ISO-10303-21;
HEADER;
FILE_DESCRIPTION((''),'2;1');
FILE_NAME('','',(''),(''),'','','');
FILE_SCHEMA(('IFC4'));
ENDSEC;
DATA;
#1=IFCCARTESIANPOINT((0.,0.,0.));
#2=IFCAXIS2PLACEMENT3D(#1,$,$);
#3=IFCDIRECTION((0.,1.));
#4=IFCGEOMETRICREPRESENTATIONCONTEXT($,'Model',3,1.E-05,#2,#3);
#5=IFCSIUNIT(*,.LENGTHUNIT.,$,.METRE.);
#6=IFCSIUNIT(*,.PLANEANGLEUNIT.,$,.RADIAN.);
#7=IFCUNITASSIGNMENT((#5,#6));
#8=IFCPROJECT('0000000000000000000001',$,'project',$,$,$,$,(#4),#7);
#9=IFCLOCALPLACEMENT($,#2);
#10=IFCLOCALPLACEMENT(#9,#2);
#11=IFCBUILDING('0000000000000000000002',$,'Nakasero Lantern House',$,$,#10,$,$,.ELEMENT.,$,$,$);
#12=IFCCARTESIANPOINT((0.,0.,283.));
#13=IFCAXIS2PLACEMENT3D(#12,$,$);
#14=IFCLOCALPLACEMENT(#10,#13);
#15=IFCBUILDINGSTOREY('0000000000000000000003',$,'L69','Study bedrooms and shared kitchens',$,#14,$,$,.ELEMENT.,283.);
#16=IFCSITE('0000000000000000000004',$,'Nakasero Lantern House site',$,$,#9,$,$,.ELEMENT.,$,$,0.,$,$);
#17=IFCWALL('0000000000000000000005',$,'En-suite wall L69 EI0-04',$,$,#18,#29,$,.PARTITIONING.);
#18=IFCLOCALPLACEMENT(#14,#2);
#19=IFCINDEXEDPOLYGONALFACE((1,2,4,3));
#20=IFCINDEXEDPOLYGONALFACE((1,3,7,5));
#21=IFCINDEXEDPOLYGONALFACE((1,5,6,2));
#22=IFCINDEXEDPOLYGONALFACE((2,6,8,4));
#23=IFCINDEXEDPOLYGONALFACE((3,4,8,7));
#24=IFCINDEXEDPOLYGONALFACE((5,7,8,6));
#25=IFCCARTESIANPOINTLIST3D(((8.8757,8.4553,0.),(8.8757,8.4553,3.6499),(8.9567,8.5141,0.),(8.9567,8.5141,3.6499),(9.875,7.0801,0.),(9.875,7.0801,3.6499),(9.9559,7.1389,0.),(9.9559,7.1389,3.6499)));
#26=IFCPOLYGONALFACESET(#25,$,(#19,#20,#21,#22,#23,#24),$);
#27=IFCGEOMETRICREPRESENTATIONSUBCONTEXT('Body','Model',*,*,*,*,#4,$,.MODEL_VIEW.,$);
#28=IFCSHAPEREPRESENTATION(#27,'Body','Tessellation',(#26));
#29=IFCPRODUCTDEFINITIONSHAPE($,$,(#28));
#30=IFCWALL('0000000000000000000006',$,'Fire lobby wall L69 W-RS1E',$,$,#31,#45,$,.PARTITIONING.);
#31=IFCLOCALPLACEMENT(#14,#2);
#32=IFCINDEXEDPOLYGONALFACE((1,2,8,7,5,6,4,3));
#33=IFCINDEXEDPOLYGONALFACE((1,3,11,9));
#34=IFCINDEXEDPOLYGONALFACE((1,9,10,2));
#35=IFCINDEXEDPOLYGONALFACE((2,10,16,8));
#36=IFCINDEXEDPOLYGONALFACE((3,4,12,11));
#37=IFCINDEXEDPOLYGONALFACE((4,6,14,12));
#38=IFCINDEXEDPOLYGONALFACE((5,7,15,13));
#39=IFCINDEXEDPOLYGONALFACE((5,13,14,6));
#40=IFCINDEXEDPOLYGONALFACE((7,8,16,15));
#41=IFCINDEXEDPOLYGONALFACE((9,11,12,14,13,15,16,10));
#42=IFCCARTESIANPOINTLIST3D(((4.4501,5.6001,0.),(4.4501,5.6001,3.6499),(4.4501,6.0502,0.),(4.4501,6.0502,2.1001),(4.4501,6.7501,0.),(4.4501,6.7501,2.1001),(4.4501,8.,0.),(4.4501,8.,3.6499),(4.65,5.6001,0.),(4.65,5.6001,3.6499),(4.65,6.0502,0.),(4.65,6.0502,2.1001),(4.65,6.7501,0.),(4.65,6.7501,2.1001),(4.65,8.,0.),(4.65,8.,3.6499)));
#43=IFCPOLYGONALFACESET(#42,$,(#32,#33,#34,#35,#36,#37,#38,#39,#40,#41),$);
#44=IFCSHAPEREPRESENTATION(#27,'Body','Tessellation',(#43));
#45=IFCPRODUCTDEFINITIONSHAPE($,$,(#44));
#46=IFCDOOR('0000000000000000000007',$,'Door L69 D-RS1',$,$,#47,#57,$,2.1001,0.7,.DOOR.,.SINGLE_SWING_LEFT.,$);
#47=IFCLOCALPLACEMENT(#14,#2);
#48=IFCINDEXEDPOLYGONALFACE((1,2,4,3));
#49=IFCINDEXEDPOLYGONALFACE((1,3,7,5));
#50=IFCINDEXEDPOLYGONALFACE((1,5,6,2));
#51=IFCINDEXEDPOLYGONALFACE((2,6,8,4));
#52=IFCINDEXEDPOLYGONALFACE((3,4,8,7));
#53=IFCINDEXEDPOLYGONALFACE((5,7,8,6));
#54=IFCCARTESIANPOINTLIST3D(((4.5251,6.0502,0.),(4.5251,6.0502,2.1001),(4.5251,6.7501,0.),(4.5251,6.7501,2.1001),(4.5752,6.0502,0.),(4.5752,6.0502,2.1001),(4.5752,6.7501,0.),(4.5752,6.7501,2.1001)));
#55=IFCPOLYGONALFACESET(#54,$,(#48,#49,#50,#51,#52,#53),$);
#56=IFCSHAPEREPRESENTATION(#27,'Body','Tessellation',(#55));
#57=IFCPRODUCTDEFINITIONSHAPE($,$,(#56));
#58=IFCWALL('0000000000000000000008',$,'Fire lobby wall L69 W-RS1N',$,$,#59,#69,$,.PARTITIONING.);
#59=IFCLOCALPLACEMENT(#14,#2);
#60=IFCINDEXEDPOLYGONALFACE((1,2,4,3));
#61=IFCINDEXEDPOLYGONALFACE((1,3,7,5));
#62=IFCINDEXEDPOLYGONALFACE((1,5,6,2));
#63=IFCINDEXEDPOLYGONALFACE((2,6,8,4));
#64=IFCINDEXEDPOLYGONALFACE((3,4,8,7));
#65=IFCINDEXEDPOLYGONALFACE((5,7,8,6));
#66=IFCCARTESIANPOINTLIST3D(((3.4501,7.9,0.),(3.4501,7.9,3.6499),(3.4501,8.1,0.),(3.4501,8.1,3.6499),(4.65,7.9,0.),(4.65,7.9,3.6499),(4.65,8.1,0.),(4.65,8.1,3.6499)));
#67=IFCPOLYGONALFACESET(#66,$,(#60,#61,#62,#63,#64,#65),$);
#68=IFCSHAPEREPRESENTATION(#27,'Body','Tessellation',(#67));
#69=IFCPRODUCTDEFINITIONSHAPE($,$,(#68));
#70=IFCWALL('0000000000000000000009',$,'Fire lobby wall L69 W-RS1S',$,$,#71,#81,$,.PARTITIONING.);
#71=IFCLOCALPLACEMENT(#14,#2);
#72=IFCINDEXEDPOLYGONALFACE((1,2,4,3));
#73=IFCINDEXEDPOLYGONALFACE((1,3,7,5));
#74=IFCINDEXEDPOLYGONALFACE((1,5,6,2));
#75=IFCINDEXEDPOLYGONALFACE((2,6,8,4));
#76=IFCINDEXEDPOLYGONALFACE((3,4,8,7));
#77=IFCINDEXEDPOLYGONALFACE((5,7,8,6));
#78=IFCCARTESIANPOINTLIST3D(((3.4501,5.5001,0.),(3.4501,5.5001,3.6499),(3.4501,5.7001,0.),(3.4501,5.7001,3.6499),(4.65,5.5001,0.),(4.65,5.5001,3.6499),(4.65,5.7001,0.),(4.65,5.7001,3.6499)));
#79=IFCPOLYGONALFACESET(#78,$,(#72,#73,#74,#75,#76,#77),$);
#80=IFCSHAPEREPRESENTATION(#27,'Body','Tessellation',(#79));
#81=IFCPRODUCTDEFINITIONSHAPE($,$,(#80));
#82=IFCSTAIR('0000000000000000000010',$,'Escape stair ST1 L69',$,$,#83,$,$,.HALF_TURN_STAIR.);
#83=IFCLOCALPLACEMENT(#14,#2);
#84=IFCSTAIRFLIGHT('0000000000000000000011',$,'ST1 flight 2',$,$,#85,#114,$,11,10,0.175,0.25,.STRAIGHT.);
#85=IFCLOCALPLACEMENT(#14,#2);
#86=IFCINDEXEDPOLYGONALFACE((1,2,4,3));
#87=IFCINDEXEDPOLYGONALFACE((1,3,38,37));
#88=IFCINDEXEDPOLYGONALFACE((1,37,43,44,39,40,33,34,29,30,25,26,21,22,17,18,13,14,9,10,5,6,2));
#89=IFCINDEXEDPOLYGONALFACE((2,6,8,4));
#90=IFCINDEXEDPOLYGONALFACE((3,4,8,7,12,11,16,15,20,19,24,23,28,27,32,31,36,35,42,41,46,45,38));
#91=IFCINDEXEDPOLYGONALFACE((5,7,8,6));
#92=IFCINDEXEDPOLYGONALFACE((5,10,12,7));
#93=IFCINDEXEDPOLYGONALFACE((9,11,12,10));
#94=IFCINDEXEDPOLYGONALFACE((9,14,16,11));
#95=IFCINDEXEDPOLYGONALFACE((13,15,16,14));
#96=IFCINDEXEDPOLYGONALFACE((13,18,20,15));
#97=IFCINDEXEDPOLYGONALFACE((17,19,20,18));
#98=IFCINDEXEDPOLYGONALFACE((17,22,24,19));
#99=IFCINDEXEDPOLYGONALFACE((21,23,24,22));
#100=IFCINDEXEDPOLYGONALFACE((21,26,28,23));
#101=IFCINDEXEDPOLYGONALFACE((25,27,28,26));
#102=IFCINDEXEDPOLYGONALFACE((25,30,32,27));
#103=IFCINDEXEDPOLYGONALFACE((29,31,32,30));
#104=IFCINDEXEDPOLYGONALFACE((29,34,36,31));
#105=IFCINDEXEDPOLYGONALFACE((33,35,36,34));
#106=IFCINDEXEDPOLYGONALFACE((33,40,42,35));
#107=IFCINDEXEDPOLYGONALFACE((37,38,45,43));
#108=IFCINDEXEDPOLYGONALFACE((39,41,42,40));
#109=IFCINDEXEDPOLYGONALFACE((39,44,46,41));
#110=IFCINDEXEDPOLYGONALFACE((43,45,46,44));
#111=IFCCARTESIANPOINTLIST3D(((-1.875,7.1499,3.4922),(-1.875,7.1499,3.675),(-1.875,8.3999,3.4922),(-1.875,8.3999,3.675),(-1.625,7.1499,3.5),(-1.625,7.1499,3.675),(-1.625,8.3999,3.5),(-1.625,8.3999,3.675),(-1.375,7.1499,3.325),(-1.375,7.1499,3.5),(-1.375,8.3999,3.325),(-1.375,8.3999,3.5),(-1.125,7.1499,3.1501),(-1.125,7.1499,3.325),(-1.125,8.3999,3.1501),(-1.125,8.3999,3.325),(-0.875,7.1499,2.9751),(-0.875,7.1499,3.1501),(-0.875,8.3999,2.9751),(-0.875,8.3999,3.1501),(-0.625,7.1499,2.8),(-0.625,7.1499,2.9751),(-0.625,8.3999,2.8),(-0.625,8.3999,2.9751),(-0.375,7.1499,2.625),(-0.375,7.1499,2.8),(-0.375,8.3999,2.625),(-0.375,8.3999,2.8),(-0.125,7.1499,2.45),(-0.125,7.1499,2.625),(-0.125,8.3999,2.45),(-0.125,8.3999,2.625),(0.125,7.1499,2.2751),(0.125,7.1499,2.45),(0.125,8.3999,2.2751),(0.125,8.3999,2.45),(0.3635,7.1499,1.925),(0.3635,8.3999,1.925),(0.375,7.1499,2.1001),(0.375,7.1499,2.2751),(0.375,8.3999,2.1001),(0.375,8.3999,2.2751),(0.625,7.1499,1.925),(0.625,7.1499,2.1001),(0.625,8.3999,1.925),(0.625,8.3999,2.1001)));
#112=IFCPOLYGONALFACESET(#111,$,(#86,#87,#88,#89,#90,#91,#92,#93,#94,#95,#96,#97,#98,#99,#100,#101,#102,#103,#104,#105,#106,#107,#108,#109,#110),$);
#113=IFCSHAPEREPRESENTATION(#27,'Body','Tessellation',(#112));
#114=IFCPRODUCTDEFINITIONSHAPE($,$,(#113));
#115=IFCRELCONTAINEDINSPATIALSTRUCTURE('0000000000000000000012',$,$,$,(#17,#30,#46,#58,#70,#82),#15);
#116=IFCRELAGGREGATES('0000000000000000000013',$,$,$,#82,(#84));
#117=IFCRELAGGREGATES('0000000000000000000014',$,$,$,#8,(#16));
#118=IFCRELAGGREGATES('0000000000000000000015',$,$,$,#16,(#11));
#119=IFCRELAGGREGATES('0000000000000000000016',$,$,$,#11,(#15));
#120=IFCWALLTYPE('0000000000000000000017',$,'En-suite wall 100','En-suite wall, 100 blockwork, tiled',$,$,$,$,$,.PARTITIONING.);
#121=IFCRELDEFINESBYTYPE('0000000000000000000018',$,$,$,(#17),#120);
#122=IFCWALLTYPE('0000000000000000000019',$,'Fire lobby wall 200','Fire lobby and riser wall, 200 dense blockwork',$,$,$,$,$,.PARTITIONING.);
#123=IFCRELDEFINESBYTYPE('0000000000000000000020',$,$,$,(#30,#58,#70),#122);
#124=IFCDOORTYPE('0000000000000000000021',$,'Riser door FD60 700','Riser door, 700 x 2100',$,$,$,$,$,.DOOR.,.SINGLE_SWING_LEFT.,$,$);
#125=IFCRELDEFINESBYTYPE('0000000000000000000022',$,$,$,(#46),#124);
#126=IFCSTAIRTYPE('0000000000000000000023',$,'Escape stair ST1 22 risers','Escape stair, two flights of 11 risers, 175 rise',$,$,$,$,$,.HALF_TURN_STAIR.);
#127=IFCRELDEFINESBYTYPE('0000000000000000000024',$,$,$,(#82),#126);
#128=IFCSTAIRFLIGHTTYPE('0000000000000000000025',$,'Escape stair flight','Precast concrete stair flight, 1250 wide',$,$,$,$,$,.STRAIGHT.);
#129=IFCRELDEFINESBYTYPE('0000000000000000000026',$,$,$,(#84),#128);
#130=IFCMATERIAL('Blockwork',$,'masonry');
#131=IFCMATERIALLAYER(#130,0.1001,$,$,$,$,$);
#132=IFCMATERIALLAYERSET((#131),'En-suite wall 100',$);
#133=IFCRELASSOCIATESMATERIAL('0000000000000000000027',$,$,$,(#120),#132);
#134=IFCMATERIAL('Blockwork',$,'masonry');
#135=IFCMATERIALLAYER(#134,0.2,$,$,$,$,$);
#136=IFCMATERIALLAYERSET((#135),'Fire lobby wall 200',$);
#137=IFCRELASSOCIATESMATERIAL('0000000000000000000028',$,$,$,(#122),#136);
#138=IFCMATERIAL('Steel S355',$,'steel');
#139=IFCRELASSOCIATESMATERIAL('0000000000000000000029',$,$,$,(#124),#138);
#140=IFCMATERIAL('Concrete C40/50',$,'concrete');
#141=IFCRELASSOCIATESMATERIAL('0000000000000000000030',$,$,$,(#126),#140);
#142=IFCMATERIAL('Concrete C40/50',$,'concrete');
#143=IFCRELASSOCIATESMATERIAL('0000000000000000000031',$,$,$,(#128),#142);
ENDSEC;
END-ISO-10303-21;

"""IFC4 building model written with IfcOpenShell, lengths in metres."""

from ifc_helpers import new_model, si_unit, direction, frame, frame_2d, origin, place, context, subcontext, project, spatial, polyline, rectangle, outline, extrude, material, layer, layer_set, type_object, element, fill, aggregate, save


model = new_model("IFC4")

# Units and contexts
model_context = context("Model", 3, precision=1e-05, world=origin(), true_north=direction((0.0, 1.0)))
body_context = subcontext(model_context, "Body", "Model", "MODEL_VIEW")
ifc_project = project(units=[si_unit("LENGTHUNIT", "METRE"), si_unit("PLANEANGLEUNIT", "RADIAN")], contexts=[model_context])

# Site, building, storey
site_placement = place(None, origin())
site = spatial("IfcSite", under=ifc_project, at=site_placement, Name="Nakasero Lantern House site", CompositionType="ELEMENT", RefElevation=0.0)
building_placement = place(site_placement, origin())
building = spatial("IfcBuilding", under=site, at=building_placement, Name="Nakasero Lantern House", CompositionType="ELEMENT")
storey_placement = place(building_placement, frame((0.0, 0.0, 283.0)))
storey = spatial("IfcBuildingStorey", under=building, at=storey_placement, Name="L69", Description="Study bedrooms and shared kitchens", CompositionType="ELEMENT", Elevation=283.0)

# Wall
ifc_material_1 = material(Name="Blockwork", Category="masonry")
ifc_layer_1 = layer(ifc_material_1, 0.1001)
ifc_layer_set_1 = layer_set([ifc_layer_1], Name="En-suite wall 100")
wall_type_1 = type_object("IfcWallType", Name="En-suite wall 100", Description="En-suite wall, 100 blockwork, tiled", PredefinedType="PARTITIONING", material=ifc_layer_set_1)
wall_1_placement = place(storey_placement, frame((9.9155, 7.1094, 0.0), z_axis=(0.0, 0.0, 1.0), x_axis=(-0.587822, 0.808991, 0.0)))
element("IfcWall", 1, at=wall_1_placement, inside=storey, type_object=wall_type_1, Name="En-suite wall L69 EI0-04", PredefinedType="PARTITIONING", context=body_context, shape_type="SweptSolid", body=[
    extrude(rectangle(XDim=1.7, YDim=0.1001, at=frame_2d((0.8501, 0.0))), origin(), (0.0, 0.0, 1.0), 3.6499),
])

# Wall, opening, door
ifc_material_2 = material(Name="Blockwork", Category="masonry")
ifc_layer_2 = layer(ifc_material_2, 0.2)
ifc_layer_set_2 = layer_set([ifc_layer_2], Name="Fire lobby wall 200")
wall_type_2 = type_object("IfcWallType", Name="Fire lobby wall 200", Description="Fire lobby and riser wall, 200 dense blockwork", PredefinedType="PARTITIONING", material=ifc_layer_set_2)
wall_2_placement = place(storey_placement, frame((4.55, 5.6001, 0.0), z_axis=(0.0, 0.0, 1.0), x_axis=(0.0, 1.0, 0.0)))
wall_2 = element("IfcWall", 2, at=wall_2_placement, inside=storey, type_object=wall_type_2, Name="Fire lobby wall L69 W-RS1E", PredefinedType="PARTITIONING", context=body_context, shape_type="SweptSolid", body=[
    extrude(rectangle(XDim=2.3999, YDim=0.2, at=frame_2d((1.2, 0.0))), origin(), (0.0, 0.0, 1.0), 3.6499),
])
opening_1_placement = place(wall_2_placement, frame((0.45, 0.0, 0.0)))
opening_1 = element("IfcOpeningElement", 3, at=opening_1_placement, cuts=wall_2, PredefinedType="OPENING", context=body_context, shape_type="SweptSolid", body=[
    extrude(rectangle(XDim=0.7, YDim=2.1001, at=frame_2d((0.3501, 1.05))), frame((0.0, 0.1199, 0.0), z_axis=(0.0, -1.0, 0.0), x_axis=(1.0, 0.0, 0.0)), (0.0, 0.0, 1.0), 0.24),
])
ifc_material_3 = material(Name="Steel S355", Category="steel")
door_type_1 = type_object("IfcDoorType", Name="Riser door FD60 700", Description="Riser door, 700 x 2100", OperationType="SINGLE_SWING_LEFT", PredefinedType="DOOR", material=ifc_material_3)
door_1_placement = place(opening_1_placement, origin())
door_1 = element("IfcDoor", 4, at=door_1_placement, inside=storey, type_object=door_type_1, Name="Door L69 D-RS1", OperationType="SINGLE_SWING_LEFT", OverallHeight=2.1001, OverallWidth=0.7, PredefinedType="DOOR", context=body_context, shape_type="SweptSolid", body=[
    extrude(rectangle(XDim=0.7, YDim=2.1001, at=frame_2d((0.3501, 1.05))), frame((0.0, 0.0249, 0.0), z_axis=(0.0, -1.0, 0.0), x_axis=(1.0, 0.0, 0.0)), (0.0, 0.0, 1.0), 0.05),
])
fill(opening_1, door_1)

# Walls
for number, where, z_axis, x_axis, name in (
    (5, (3.45, 8.0, 0.0), (0.0, 0.0, 1.0), (1.0, 0.0, 0.0), "Fire lobby wall L69 W-RS1N"),
    (6, (3.45, 5.6001, 0.0), (0.0, 0.0, 1.0), (1.0, 0.0, 0.0), "Fire lobby wall L69 W-RS1S"),
):
    element("IfcWall", number, at=place(storey_placement, frame(where, z_axis=z_axis, x_axis=x_axis)), inside=storey, type_object=wall_type_2, Name=name, PredefinedType="PARTITIONING", context=body_context, shape_type="SweptSolid", body=[
        extrude(rectangle(XDim=1.2, YDim=0.2, at=frame_2d((0.6001, 0.0))), origin(), (0.0, 0.0, 1.0), 3.6499),
    ])

# Stair, stair flight
ifc_material_4 = material(Name="Concrete C40/50", Category="concrete")
stair_type_1 = type_object("IfcStairType", Name="Escape stair ST1 22 risers", Description="Escape stair, two flights of 11 risers, 175 rise", PredefinedType="HALF_TURN_STAIR", material=ifc_material_4)
stair_1_placement = place(storey_placement, origin())
stair_1 = element("IfcStair", 7, at=stair_1_placement, inside=storey, type_object=stair_type_1, Name="Escape stair ST1 L69", PredefinedType="HALF_TURN_STAIR")
ifc_material_5 = material(Name="Concrete C40/50", Category="concrete")
stair_flight_type = type_object("IfcStairFlightType", Name="Escape stair flight", Description="Precast concrete stair flight, 1250 wide", PredefinedType="STRAIGHT", material=ifc_material_5)
stair_flight_placement = place(storey_placement, frame((0.625, 7.7749, 1.925), z_axis=(0.0, 0.0, 1.0), x_axis=(-1.0, 0.0, 0.0)))
stair_flight = element("IfcStairFlight", 8, at=stair_flight_placement, type_object=stair_flight_type, Name="ST1 flight 2", NumberOfRisers=11, NumberOfTreads=10, PredefinedType="STRAIGHT", RiserHeight=0.175, TreadLength=0.25, context=body_context, shape_type="SweptSolid", body=[
    extrude(outline(polyline([(0.0, 0.0), (0.0, 0.175), (0.25, 0.175), (0.25, 0.3501), (0.5, 0.3501), (0.5, 0.5249), (0.75, 0.5249), (0.75, 0.7), (1.0, 0.7), (1.0, 0.875), (1.25, 0.875), (1.25, 1.05), (1.5, 1.05), (1.5, 1.2251), (1.75, 1.2251), (1.75, 1.3999), (2.0, 1.3999), (2.0, 1.575), (2.25, 1.575), (2.25, 1.75), (2.5, 1.75), (2.5, 1.925), (2.5, 1.5671), (0.2615, 0.0), (0.0, 0.0)])), frame((0.0, 0.625, 0.0), z_axis=(0.0, -1.0, 0.0), x_axis=(1.0, 0.0, 0.0)), (0.0, 0.0, 1.0), 1.25),
])
aggregate(stair_1, [stair_flight])

save(model, "model.ifc")
